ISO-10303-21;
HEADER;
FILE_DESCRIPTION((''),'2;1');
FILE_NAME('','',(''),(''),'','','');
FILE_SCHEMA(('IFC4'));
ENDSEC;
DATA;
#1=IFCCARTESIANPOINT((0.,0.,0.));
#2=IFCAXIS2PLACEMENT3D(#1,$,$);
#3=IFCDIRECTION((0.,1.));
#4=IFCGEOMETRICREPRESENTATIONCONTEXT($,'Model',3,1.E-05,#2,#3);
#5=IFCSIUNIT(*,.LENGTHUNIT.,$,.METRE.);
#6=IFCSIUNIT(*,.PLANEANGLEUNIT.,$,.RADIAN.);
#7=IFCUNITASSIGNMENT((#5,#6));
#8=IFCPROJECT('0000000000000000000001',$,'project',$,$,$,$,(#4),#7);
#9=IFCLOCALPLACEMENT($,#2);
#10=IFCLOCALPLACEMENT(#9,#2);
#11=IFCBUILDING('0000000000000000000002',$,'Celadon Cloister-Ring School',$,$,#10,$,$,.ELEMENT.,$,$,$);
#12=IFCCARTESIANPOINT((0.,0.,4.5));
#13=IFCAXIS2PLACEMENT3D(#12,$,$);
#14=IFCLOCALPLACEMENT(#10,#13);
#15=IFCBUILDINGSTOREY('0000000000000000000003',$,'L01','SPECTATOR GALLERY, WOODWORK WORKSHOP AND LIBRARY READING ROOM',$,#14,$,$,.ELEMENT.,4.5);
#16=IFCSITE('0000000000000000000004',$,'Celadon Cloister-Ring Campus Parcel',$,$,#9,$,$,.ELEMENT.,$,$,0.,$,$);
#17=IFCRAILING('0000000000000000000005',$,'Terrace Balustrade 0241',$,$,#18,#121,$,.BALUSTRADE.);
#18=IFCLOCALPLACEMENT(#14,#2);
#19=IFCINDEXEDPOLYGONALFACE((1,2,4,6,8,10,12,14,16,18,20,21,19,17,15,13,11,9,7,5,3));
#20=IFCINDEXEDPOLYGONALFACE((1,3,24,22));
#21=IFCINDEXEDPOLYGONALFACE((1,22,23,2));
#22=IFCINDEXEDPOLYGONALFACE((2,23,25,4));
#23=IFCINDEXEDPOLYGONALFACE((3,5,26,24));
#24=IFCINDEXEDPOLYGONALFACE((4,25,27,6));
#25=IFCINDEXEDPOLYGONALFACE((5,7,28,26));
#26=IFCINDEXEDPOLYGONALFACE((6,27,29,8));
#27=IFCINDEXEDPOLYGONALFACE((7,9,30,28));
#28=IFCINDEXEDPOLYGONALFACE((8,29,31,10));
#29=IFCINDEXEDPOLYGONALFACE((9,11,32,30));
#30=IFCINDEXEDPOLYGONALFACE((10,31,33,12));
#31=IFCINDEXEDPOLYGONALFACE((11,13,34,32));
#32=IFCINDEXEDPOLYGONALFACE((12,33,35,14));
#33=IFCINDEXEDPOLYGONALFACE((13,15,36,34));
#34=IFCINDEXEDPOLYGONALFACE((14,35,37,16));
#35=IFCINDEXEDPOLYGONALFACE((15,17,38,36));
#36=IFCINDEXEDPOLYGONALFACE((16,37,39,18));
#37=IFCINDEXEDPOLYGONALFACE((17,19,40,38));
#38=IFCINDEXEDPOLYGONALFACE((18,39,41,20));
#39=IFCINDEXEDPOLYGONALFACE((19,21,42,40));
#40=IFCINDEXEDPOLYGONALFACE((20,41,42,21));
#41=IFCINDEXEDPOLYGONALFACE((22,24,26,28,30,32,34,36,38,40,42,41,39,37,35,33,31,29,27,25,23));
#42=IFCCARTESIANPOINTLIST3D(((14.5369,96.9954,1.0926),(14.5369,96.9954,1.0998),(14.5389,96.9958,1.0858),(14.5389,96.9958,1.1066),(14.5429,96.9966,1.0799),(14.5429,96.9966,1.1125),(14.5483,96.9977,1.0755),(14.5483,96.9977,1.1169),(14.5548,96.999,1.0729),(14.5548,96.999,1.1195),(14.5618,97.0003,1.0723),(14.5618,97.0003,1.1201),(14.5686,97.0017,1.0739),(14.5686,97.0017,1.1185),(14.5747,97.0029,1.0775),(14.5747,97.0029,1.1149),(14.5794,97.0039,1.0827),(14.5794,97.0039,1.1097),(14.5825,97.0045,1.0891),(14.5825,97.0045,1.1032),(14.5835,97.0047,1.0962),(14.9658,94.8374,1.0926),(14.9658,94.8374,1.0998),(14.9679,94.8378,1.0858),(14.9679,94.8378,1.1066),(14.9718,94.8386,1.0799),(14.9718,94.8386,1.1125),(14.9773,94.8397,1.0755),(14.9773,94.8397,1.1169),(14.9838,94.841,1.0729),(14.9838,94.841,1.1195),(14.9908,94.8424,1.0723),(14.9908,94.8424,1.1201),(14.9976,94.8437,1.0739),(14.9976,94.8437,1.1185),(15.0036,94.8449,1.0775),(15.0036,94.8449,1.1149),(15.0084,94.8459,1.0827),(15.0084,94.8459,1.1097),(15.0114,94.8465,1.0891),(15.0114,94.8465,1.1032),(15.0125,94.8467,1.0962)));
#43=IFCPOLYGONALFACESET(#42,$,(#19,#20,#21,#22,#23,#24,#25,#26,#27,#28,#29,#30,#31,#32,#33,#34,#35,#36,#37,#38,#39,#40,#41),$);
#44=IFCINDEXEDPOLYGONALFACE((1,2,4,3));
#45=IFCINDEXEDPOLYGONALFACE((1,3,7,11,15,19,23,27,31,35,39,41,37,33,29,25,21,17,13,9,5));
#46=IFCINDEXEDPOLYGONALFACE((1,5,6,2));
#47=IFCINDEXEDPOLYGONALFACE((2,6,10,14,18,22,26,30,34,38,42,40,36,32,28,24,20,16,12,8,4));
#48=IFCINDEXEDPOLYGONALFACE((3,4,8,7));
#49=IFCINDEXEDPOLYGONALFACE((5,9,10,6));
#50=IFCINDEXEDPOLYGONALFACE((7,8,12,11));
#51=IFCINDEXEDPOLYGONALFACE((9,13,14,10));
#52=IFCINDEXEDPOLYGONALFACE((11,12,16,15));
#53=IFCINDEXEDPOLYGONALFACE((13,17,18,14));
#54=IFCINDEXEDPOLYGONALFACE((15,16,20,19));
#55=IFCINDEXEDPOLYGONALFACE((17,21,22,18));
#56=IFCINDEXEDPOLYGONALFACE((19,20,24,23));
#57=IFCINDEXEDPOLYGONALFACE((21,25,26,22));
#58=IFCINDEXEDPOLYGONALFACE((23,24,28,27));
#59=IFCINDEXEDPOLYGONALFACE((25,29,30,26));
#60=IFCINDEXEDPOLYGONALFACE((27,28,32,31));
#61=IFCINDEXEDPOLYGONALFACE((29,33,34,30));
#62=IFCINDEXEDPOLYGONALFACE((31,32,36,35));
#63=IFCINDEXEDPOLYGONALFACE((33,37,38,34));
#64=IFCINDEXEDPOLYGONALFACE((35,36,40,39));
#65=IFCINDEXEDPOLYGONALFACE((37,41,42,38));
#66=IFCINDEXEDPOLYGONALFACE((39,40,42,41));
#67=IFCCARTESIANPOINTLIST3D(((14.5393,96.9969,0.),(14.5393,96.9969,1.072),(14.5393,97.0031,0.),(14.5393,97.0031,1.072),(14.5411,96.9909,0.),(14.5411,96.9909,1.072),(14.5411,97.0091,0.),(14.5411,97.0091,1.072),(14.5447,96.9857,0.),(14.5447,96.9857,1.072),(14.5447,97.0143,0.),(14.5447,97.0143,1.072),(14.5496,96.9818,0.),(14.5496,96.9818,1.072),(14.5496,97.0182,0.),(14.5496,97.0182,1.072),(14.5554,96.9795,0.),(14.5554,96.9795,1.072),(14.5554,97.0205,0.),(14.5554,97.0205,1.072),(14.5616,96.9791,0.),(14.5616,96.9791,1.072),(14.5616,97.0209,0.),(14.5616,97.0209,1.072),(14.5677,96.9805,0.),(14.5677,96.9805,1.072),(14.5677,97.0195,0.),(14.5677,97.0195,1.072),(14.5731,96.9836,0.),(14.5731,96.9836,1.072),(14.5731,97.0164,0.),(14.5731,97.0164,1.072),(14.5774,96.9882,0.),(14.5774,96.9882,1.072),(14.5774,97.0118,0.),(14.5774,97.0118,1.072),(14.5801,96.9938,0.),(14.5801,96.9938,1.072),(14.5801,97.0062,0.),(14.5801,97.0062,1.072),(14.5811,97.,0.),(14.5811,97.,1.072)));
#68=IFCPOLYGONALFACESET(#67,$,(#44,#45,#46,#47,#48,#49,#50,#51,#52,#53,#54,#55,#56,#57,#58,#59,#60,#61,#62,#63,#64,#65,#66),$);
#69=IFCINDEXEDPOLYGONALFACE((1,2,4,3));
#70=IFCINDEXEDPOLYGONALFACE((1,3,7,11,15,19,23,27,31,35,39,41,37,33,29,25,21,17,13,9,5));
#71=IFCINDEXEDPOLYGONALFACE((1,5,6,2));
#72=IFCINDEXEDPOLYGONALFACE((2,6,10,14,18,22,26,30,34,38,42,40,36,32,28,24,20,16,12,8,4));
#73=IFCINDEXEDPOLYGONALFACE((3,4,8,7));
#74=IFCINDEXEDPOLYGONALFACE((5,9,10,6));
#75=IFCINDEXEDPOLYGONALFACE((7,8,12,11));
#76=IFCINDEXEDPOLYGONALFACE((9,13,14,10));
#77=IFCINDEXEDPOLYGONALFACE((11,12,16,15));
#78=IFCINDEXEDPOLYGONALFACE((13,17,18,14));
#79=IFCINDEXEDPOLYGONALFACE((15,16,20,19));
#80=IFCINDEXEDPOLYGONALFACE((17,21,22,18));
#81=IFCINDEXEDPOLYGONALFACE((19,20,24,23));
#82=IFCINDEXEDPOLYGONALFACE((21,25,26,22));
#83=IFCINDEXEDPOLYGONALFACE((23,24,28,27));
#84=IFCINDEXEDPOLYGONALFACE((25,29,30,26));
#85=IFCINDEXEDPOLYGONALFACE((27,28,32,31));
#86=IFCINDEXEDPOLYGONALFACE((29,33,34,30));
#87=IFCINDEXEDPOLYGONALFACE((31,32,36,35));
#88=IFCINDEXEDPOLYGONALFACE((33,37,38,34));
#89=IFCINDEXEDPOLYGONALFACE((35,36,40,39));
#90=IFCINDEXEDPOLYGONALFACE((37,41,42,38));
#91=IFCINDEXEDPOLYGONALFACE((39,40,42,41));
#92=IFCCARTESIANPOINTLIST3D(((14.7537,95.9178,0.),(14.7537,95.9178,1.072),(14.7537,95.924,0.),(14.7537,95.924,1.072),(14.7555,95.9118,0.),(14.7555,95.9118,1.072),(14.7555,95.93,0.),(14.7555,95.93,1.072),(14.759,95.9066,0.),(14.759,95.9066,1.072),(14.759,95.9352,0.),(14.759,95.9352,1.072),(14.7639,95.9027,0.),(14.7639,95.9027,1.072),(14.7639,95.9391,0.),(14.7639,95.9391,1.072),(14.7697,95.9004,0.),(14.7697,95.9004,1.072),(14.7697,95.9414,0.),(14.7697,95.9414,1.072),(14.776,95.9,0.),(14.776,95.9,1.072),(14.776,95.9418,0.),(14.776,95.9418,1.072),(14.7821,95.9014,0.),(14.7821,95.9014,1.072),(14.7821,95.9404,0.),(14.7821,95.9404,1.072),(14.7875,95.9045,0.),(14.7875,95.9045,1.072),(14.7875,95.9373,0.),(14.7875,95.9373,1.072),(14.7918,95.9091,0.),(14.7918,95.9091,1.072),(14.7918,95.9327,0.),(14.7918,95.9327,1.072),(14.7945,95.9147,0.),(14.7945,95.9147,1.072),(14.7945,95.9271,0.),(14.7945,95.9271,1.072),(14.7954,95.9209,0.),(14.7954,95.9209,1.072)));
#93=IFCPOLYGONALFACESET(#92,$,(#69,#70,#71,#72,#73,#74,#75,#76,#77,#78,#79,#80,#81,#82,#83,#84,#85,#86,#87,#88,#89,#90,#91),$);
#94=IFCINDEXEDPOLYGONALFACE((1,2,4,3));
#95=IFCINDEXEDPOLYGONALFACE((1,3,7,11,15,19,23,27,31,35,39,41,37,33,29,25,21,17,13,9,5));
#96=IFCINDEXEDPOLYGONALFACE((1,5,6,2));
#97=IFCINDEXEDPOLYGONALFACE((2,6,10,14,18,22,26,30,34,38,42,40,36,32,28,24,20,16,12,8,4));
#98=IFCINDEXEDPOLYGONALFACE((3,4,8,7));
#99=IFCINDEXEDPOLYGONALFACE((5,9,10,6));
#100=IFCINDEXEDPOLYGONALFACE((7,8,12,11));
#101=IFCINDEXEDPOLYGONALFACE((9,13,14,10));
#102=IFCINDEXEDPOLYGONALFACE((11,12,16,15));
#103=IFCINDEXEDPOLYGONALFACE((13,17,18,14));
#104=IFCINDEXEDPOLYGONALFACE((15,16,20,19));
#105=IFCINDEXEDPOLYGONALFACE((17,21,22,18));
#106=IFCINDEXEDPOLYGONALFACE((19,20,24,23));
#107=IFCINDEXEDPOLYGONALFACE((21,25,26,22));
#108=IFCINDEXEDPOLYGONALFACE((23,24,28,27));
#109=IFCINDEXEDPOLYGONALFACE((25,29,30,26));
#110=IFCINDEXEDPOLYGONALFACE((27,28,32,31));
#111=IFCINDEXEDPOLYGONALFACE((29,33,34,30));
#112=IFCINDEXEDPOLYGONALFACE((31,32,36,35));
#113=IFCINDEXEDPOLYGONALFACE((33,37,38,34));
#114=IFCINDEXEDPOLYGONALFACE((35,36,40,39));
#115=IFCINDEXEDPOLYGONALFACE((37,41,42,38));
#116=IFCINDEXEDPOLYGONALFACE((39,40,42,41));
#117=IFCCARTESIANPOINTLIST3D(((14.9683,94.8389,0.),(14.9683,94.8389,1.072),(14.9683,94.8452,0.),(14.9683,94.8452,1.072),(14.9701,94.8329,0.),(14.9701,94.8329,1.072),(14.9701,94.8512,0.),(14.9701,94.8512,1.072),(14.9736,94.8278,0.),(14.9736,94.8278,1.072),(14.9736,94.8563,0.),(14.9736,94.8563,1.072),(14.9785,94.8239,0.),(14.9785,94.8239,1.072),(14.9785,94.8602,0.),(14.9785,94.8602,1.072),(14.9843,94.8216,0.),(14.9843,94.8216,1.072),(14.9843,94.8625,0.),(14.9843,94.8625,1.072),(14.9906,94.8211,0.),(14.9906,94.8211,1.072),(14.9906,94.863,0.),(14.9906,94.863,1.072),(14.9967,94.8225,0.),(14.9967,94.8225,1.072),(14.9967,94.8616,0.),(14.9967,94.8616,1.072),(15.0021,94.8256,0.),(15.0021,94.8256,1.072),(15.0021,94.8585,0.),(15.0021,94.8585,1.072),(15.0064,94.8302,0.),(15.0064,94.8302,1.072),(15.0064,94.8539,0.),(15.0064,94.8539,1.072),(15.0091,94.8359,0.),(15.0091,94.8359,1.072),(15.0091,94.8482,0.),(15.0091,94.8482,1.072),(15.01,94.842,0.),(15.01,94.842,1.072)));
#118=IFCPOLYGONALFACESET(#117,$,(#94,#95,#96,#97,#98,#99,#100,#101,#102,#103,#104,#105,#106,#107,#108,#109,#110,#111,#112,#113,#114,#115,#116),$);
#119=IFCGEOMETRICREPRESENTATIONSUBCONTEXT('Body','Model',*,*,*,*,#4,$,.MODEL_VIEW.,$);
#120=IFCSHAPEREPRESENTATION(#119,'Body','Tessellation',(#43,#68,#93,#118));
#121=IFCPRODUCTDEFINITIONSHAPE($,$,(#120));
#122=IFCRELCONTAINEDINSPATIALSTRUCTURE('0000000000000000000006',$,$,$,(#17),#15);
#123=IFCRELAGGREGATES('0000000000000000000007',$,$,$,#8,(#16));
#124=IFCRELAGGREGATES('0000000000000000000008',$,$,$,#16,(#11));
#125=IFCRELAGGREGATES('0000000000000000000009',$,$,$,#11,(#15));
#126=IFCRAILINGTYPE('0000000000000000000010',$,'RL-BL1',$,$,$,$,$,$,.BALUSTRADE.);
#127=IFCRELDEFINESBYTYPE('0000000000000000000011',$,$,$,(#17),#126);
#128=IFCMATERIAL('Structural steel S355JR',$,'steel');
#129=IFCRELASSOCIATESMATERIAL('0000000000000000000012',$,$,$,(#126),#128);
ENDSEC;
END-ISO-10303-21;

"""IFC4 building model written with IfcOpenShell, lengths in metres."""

from ifc_helpers import new_model, si_unit, direction, frame, origin, origin_2d, place, context, subcontext, project, spatial, circle, extrude, material, type_object, element, save


model = new_model("IFC4")

# Units and contexts
model_context = context("Model", 3, precision=1e-05, world=origin(), true_north=direction((0.0, 1.0)))
body_context = subcontext(model_context, "Body", "Model", "MODEL_VIEW")
ifc_project = project(units=[si_unit("LENGTHUNIT", "METRE"), si_unit("PLANEANGLEUNIT", "RADIAN")], contexts=[model_context])

# Site, building, storey
site_placement = place(None, origin())
site = spatial("IfcSite", under=ifc_project, at=site_placement, Name="Celadon Cloister-Ring Campus Parcel", CompositionType="ELEMENT", RefElevation=0.0)
building_placement = place(site_placement, origin())
building = spatial("IfcBuilding", under=site, at=building_placement, Name="Celadon Cloister-Ring School", CompositionType="ELEMENT")
storey_placement = place(building_placement, frame((0.0, 0.0, 4.5)))
storey = spatial("IfcBuildingStorey", under=building, at=storey_placement, Name="L01", Description="SPECTATOR GALLERY, WOODWORK WORKSHOP AND LIBRARY READING ROOM", CompositionType="ELEMENT", Elevation=4.5)

# Railing
ifc_material_1 = material(Name="Structural steel S355JR", Category="steel")
railing_type_1 = type_object("IfcRailingType", Name="RL-BL1", PredefinedType="BALUSTRADE", material=ifc_material_1)
railing_1_placement = place(storey_placement, frame((14.5601, 97.0, 0.0)))
element("IfcRailing", 1, at=railing_1_placement, inside=storey, type_object=railing_type_1, Name="Terrace Balustrade 0241", PredefinedType="BALUSTRADE", context=body_context, shape_type="SweptSolid", body=[
    extrude(circle(Radius=0.0239, at=origin_2d()), frame((0.0, 0.0, 1.0962), z_axis=(0.194964, -0.98081, 0.0), x_axis=(0.98081, 0.194964, 0.0)), (0.0, 0.0, 1.0), 2.2002),
    extrude(circle(Radius=0.021, at=origin_2d()), origin(), (0.0, 0.0, 1.0), 1.072),
    extrude(circle(Radius=0.021, at=origin_2d()), frame((0.2144, -1.0791, 0.0)), (0.0, 0.0, 1.0), 1.072),
    extrude(circle(Radius=0.021, at=origin_2d()), frame((0.429, -2.158, 0.0)), (0.0, 0.0, 1.0), 1.072),
])

save(model, "model.ifc")
